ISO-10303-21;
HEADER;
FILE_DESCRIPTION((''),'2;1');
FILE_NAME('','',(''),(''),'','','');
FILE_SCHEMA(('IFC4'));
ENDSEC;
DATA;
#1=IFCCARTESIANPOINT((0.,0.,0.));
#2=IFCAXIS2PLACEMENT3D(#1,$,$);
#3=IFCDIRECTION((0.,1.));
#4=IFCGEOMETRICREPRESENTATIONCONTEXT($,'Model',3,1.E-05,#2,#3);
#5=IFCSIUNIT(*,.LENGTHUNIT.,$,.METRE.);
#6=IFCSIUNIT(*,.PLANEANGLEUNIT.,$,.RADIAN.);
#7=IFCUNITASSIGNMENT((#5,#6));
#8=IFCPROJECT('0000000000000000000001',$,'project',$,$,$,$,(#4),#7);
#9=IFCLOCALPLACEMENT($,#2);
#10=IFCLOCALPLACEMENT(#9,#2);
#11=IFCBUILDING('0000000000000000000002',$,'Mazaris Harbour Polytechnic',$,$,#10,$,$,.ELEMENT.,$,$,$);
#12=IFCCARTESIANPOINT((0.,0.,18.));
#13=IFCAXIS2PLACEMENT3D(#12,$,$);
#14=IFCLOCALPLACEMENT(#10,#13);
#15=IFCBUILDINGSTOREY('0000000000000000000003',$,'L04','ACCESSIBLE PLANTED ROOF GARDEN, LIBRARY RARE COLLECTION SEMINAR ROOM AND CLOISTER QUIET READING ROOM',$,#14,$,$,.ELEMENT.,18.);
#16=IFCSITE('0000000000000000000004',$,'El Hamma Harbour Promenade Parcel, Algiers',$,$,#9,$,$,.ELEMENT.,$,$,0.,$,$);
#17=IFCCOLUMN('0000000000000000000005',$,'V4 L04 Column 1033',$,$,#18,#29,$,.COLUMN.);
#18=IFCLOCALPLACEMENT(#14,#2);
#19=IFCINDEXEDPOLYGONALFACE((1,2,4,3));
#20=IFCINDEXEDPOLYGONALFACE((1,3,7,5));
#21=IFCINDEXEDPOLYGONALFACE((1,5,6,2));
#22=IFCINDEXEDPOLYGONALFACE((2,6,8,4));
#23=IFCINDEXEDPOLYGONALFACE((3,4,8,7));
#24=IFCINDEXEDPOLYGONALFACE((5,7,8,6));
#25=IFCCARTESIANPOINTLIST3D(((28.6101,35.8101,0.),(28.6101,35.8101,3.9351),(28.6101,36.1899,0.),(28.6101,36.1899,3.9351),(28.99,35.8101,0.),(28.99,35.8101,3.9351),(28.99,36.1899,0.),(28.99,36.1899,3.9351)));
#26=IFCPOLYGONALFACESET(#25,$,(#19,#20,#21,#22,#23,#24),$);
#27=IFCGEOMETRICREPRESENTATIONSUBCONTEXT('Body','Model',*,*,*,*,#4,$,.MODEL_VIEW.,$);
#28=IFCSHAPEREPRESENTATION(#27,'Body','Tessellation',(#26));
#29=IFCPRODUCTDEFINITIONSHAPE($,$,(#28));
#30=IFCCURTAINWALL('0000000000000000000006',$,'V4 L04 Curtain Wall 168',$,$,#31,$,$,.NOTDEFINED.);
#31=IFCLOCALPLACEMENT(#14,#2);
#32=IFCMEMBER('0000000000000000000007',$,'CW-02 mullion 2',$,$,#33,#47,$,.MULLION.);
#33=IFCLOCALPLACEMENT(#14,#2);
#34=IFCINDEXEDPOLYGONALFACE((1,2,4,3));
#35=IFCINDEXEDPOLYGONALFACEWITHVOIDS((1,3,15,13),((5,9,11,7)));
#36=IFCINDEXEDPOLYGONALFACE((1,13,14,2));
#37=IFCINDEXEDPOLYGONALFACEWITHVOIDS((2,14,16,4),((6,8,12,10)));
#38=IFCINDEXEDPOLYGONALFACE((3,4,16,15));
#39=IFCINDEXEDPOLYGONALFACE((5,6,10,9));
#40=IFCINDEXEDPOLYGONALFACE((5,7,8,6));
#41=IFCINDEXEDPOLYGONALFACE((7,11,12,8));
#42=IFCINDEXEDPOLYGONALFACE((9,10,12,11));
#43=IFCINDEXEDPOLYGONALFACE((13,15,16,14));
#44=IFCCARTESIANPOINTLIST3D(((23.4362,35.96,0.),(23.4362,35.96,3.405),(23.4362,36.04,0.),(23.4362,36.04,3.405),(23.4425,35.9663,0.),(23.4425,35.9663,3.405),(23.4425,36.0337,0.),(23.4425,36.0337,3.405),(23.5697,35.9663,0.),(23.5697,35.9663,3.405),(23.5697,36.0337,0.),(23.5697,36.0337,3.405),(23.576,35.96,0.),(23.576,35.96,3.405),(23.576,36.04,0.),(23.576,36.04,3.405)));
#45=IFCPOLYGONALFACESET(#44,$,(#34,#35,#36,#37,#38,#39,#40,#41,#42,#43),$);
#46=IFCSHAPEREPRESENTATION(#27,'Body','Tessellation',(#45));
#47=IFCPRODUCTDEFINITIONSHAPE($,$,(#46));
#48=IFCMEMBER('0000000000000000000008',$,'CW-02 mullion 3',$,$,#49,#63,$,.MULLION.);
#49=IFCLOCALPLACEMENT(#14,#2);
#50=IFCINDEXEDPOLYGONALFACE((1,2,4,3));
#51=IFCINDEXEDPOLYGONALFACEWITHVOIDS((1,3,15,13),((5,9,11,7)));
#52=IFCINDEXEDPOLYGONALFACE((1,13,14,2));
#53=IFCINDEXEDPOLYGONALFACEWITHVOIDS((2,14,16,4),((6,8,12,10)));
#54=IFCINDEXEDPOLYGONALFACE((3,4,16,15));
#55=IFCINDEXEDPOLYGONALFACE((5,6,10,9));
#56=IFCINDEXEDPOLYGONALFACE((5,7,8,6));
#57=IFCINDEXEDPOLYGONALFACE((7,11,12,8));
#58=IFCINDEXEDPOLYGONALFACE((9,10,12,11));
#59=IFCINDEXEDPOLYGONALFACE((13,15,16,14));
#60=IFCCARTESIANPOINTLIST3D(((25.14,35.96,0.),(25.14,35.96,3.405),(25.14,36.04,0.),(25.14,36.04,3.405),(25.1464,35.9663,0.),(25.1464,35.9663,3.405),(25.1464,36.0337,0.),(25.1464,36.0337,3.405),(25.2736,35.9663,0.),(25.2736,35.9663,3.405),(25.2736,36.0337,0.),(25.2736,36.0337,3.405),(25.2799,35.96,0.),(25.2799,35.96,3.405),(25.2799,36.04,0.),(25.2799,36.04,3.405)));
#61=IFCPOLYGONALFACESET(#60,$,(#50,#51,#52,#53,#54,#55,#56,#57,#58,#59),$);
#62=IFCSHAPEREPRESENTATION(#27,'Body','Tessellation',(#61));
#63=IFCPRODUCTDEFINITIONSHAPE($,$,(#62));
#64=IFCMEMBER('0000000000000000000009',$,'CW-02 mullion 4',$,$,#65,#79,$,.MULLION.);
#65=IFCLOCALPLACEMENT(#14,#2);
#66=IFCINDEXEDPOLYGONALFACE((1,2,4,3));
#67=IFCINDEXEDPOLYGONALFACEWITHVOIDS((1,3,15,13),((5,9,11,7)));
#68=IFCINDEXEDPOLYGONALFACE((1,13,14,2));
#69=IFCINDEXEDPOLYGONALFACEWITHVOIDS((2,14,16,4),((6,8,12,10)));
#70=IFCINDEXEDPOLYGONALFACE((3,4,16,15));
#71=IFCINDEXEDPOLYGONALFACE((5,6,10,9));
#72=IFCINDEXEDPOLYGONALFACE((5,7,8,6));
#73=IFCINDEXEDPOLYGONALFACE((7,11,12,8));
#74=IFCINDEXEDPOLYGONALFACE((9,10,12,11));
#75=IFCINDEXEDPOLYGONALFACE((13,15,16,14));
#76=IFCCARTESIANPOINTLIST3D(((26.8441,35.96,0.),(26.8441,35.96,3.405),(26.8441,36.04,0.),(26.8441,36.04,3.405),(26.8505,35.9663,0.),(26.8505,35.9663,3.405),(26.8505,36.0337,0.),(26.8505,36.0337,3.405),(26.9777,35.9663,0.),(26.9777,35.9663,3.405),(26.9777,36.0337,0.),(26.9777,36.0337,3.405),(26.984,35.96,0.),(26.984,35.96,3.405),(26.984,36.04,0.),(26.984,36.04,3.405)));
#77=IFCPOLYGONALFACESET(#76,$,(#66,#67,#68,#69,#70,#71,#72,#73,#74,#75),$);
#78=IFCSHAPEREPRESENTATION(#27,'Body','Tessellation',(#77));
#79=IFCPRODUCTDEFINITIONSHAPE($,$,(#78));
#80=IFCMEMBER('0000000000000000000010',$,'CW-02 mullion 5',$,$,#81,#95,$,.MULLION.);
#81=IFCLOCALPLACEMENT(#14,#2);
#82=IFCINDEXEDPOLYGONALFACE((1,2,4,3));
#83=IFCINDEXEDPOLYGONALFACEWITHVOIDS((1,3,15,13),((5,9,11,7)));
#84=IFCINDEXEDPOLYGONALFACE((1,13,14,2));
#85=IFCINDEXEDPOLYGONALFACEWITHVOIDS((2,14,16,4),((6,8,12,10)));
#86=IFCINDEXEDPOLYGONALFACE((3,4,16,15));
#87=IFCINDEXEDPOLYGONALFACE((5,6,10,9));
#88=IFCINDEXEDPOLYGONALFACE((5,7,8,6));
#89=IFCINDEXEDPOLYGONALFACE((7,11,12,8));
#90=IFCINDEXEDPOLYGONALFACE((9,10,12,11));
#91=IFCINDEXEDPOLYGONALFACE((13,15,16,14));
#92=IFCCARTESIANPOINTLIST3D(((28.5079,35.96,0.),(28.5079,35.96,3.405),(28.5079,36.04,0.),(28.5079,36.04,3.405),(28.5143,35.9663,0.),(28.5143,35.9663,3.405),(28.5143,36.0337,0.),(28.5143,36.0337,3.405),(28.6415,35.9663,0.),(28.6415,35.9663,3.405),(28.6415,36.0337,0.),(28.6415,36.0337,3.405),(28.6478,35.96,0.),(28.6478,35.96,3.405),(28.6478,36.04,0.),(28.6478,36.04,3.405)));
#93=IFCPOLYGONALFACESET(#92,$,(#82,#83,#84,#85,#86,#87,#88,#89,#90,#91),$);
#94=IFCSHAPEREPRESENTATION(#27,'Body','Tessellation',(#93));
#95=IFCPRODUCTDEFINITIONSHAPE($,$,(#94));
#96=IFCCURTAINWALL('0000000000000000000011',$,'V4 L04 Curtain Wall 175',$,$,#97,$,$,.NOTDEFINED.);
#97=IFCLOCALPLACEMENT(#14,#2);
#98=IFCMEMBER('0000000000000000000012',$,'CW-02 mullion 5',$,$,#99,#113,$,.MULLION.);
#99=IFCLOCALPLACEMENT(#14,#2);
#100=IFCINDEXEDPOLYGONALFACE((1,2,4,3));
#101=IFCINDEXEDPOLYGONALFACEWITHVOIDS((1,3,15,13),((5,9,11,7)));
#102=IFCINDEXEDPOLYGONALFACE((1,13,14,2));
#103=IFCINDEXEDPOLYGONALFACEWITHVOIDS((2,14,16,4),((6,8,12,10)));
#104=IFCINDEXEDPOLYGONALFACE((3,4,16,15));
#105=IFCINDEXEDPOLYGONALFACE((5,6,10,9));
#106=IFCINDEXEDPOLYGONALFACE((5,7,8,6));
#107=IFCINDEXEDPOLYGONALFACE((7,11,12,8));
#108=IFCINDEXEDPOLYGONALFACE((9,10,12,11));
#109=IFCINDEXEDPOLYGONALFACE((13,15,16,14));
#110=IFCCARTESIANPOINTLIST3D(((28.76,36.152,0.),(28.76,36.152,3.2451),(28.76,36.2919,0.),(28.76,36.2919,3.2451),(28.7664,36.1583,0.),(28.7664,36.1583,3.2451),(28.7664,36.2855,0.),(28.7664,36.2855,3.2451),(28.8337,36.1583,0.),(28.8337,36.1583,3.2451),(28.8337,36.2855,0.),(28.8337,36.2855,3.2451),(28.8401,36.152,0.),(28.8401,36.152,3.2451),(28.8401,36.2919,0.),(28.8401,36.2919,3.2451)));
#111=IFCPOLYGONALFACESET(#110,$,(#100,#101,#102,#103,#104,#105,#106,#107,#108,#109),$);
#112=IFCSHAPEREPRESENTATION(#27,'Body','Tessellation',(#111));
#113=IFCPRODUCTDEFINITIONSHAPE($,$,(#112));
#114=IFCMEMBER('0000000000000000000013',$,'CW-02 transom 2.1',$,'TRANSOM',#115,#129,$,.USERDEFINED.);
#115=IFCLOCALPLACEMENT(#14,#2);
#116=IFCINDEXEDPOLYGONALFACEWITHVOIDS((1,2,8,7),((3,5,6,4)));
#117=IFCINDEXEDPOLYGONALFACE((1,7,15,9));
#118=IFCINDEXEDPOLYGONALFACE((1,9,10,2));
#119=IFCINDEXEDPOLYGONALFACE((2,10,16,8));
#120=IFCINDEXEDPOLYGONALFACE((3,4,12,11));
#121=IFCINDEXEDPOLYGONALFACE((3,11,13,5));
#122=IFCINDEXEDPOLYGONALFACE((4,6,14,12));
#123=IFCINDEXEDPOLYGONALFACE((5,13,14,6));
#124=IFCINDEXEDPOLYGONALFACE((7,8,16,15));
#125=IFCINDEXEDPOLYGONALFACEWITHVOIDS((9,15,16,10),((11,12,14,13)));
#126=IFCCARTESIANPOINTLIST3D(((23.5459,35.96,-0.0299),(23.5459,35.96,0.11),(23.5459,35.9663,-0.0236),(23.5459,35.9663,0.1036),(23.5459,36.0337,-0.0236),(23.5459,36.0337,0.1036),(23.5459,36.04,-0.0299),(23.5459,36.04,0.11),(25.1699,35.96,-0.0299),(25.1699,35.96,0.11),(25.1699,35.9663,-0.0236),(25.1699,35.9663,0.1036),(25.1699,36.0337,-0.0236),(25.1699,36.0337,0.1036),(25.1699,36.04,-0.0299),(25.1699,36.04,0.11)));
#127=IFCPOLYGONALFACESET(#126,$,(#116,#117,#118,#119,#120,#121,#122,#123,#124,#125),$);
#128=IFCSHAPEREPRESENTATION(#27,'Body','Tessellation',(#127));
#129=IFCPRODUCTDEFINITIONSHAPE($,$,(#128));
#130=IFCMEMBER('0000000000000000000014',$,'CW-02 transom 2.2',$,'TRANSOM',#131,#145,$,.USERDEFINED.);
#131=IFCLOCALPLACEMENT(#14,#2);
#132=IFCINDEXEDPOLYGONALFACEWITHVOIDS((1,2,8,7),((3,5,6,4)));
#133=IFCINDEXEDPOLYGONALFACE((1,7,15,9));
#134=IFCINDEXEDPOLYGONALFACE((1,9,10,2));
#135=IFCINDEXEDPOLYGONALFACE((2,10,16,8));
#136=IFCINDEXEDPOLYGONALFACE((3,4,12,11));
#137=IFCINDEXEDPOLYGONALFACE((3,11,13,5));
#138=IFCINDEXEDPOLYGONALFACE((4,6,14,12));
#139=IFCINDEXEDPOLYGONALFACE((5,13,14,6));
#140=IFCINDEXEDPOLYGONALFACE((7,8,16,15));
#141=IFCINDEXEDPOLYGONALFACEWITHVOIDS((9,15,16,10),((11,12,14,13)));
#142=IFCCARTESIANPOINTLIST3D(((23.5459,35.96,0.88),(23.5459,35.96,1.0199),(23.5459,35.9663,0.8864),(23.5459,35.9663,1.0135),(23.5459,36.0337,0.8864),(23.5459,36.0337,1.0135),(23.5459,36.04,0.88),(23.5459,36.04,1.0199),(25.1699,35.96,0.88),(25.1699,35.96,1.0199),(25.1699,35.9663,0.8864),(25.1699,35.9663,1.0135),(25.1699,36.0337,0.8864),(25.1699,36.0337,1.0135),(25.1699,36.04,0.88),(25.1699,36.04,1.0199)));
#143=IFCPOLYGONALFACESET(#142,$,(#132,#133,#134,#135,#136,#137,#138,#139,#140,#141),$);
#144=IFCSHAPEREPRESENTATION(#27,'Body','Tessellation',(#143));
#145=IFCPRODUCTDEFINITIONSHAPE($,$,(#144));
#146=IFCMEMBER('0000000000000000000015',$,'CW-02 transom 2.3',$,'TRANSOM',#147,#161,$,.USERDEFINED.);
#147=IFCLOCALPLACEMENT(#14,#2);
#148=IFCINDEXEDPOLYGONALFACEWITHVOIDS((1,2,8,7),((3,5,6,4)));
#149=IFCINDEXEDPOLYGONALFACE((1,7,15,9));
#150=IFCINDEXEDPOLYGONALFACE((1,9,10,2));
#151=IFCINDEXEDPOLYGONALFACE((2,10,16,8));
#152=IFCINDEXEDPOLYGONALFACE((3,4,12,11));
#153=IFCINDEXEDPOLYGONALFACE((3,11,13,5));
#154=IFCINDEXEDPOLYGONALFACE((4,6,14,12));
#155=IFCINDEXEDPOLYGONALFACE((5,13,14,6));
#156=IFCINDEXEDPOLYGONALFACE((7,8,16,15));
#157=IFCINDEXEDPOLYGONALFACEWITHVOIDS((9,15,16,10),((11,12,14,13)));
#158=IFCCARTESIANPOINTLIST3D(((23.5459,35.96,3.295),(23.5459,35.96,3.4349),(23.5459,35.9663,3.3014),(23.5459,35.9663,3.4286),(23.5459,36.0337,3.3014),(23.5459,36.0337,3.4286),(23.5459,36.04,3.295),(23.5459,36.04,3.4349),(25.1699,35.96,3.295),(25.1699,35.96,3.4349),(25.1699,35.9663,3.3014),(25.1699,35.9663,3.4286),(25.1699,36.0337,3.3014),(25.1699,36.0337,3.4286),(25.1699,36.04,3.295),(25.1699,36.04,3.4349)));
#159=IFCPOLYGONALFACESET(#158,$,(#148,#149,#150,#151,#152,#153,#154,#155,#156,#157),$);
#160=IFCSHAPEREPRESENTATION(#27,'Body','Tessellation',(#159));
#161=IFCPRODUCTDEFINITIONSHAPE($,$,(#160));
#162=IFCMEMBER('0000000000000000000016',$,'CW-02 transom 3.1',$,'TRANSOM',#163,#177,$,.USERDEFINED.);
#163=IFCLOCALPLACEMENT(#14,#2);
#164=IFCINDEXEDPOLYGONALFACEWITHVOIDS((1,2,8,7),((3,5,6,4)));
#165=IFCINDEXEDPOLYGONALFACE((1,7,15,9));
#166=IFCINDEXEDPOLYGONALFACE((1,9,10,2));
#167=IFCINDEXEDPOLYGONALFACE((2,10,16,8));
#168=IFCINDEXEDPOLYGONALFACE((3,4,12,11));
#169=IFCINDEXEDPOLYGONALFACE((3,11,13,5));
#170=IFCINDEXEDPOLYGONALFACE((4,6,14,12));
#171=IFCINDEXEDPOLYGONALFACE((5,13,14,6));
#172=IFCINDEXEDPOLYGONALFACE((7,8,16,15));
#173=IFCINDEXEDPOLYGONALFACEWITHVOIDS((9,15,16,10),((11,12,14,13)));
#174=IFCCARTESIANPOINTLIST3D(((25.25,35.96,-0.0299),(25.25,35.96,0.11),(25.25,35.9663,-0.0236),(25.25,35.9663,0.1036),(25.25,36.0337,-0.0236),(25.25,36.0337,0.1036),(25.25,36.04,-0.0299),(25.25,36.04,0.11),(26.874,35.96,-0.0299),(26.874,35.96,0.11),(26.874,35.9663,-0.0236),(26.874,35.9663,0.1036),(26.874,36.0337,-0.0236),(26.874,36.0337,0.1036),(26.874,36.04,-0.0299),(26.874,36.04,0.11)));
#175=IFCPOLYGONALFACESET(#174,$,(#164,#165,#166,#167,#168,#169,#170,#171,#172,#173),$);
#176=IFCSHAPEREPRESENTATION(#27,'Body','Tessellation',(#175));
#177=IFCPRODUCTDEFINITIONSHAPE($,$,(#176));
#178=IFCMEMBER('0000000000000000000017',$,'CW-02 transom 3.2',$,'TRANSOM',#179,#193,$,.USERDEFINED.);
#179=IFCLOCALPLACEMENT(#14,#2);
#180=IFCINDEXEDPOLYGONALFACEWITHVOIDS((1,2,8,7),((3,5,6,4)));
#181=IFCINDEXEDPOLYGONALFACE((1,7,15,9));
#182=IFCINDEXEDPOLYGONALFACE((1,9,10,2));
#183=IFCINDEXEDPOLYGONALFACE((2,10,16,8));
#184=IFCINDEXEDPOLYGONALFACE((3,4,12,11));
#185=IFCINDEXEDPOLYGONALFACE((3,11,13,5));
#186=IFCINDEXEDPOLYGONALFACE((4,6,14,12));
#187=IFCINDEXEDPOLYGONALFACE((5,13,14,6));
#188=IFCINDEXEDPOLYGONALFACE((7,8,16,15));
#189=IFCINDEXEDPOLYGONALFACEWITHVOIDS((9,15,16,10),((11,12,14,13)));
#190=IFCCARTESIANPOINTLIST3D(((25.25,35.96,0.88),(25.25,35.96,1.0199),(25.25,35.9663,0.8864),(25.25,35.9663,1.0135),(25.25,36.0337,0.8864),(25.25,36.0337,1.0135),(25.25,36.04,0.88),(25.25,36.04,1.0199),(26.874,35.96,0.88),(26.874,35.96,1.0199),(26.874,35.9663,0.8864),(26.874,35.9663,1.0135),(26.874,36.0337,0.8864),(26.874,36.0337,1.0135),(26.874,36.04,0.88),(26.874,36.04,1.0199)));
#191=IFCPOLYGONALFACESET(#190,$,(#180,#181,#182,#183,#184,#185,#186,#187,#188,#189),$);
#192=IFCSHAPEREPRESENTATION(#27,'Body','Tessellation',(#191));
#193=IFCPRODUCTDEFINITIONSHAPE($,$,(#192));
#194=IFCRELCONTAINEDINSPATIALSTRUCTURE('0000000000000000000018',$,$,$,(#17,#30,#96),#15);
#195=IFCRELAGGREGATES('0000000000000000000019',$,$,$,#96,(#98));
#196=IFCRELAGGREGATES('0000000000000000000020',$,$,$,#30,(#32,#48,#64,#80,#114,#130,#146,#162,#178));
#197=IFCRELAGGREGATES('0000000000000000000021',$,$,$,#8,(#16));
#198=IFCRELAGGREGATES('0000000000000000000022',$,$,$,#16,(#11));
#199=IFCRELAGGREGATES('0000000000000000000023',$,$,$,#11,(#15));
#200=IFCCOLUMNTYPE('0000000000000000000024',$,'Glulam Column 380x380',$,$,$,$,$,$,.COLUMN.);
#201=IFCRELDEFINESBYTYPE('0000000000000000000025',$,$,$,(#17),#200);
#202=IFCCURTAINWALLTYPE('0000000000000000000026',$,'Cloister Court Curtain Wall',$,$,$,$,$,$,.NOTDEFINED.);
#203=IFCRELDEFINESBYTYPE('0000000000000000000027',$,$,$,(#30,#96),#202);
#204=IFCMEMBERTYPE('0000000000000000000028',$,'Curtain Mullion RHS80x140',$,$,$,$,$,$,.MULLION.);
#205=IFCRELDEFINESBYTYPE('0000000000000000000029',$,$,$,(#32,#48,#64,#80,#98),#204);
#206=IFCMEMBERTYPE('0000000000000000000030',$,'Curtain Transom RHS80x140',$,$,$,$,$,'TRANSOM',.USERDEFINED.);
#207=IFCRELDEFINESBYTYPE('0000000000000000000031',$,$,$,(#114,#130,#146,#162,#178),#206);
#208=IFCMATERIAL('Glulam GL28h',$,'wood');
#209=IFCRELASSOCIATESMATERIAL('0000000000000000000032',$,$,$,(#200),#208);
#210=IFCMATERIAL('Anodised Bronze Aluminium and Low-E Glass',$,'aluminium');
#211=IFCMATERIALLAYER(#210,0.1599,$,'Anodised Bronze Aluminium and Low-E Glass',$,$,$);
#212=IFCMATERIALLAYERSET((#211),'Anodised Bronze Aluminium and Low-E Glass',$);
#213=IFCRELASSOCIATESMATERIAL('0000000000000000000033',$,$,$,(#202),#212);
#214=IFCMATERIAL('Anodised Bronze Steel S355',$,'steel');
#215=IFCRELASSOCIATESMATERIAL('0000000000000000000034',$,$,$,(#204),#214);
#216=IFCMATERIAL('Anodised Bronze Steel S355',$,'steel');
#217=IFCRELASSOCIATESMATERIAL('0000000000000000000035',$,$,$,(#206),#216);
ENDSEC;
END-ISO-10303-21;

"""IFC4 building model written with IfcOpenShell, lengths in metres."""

from ifc_helpers import new_model, si_unit, direction, frame, origin, origin_2d, place, context, subcontext, project, spatial, rectangle, hollow_rectangle, extrude, material, layer, layer_set, material_profile, profile_set, type_object, element, aggregate, save


model = new_model("IFC4")

# Units and contexts
model_context = context("Model", 3, precision=1e-05, world=origin(), true_north=direction((0.0, 1.0)))
body_context = subcontext(model_context, "Body", "Model", "MODEL_VIEW")
ifc_project = project(units=[si_unit("LENGTHUNIT", "METRE"), si_unit("PLANEANGLEUNIT", "RADIAN")], contexts=[model_context])

# Site, building, storey
site_placement = place(None, origin())
site = spatial("IfcSite", under=ifc_project, at=site_placement, Name="El Hamma Harbour Promenade Parcel, Algiers", CompositionType="ELEMENT", RefElevation=0.0)
building_placement = place(site_placement, origin())
building = spatial("IfcBuilding", under=site, at=building_placement, Name="Mazaris Harbour Polytechnic", CompositionType="ELEMENT")
storey_placement = place(building_placement, frame((0.0, 0.0, 18.0)))
storey = spatial("IfcBuildingStorey", under=building, at=storey_placement, Name="L04", Description="ACCESSIBLE PLANTED ROOF GARDEN, LIBRARY RARE COLLECTION SEMINAR ROOM AND CLOISTER QUIET READING ROOM", CompositionType="ELEMENT", Elevation=18.0)

# Column
ifc_material_1 = material(Name="Glulam GL28h", Category="wood")
ifc_material_profile_1 = material_profile(ifc_material_1, rectangle(XDim=0.3799, YDim=0.3799, at=origin_2d()), Name="RECT380x380")
ifc_profile_set_1 = profile_set([ifc_material_profile_1], Name="Glulam GL28h")
column_type = type_object("IfcColumnType", Name="Glulam Column 380x380", PredefinedType="COLUMN", material=ifc_profile_set_1)
column_placement = place(storey_placement, frame((28.8, 36.0, 0.0), z_axis=(0.0, 0.0, 1.0), x_axis=(1.0, 0.0, 0.0)))
element("IfcColumn", 1, at=column_placement, inside=storey, type_object=column_type, Name="V4 L04 Column 1033", PredefinedType="COLUMN", context=body_context, shape_type="SweptSolid", body=[
    extrude(rectangle(XDim=0.3799, YDim=0.3799, at=origin_2d()), origin(), (0.0, 0.0, 1.0), 3.9351),
])

# Curtain wall, members
ifc_material_2 = material(Name="Anodised Bronze Aluminium and Low-E Glass", Category="aluminium")
ifc_layer_1 = layer(ifc_material_2, 0.1599, Name="Anodised Bronze Aluminium and Low-E Glass")
ifc_layer_set_1 = layer_set([ifc_layer_1], Name="Anodised Bronze Aluminium and Low-E Glass")
curtain_wall_type = type_object("IfcCurtainWallType", Name="Cloister Court Curtain Wall", PredefinedType="NOTDEFINED", material=ifc_layer_set_1)
curtain_wall_1_placement = place(storey_placement, origin())
curtain_wall_1 = element("IfcCurtainWall", 2, at=curtain_wall_1_placement, inside=storey, type_object=curtain_wall_type, Name="V4 L04 Curtain Wall 168", PredefinedType="NOTDEFINED")
ifc_material_3 = material(Name="Anodised Bronze Steel S355", Category="steel")
ifc_material_profile_2 = material_profile(ifc_material_3, hollow_rectangle(XDim=0.0801, YDim=0.1399, WallThickness=0.0063, at=origin_2d()), Name="RHS 80x140x6.3")
ifc_profile_set_2 = profile_set([ifc_material_profile_2], Name="Anodised Bronze Steel S355")
member_type_1 = type_object("IfcMemberType", Name="Curtain Mullion RHS80x140", PredefinedType="MULLION", material=ifc_profile_set_2)
member_1_placement = place(storey_placement, frame((23.5061, 36.0, 0.0), z_axis=(0.0, 0.0, 1.0), x_axis=(0.0, 1.0, 0.0)))
member_1 = element("IfcMember", 3, at=member_1_placement, type_object=member_type_1, Name="CW-02 mullion 2", PredefinedType="MULLION", context=body_context, shape_type="SweptSolid", body=[
    extrude(hollow_rectangle(XDim=0.0801, YDim=0.1399, WallThickness=0.0063, at=origin_2d()), origin(), (0.0, 0.0, 1.0), 3.405),
])
member_2_placement = place(storey_placement, frame((25.21, 36.0, 0.0), z_axis=(0.0, 0.0, 1.0), x_axis=(0.0, 1.0, 0.0)))
member_2 = element("IfcMember", 4, at=member_2_placement, type_object=member_type_1, Name="CW-02 mullion 3", PredefinedType="MULLION", context=body_context, shape_type="SweptSolid", body=[
    extrude(hollow_rectangle(XDim=0.0801, YDim=0.1399, WallThickness=0.0063, at=origin_2d()), origin(), (0.0, 0.0, 1.0), 3.405),
])
member_3_placement = place(storey_placement, frame((26.9141, 36.0, 0.0), z_axis=(0.0, 0.0, 1.0), x_axis=(0.0, 1.0, 0.0)))
member_3 = element("IfcMember", 5, at=member_3_placement, type_object=member_type_1, Name="CW-02 mullion 4", PredefinedType="MULLION", context=body_context, shape_type="SweptSolid", body=[
    extrude(hollow_rectangle(XDim=0.0801, YDim=0.1399, WallThickness=0.0063, at=origin_2d()), origin(), (0.0, 0.0, 1.0), 3.405),
])
member_4_placement = place(storey_placement, frame((28.5779, 36.0, 0.0), z_axis=(0.0, 0.0, 1.0), x_axis=(0.0, 1.0, 0.0)))
member_4 = element("IfcMember", 6, at=member_4_placement, type_object=member_type_1, Name="CW-02 mullion 5", PredefinedType="MULLION", context=body_context, shape_type="SweptSolid", body=[
    extrude(hollow_rectangle(XDim=0.0801, YDim=0.1399, WallThickness=0.0063, at=origin_2d()), origin(), (0.0, 0.0, 1.0), 3.405),
])

# Curtain wall, member
curtain_wall_2_placement = place(storey_placement, origin())
curtain_wall_2 = element("IfcCurtainWall", 7, at=curtain_wall_2_placement, inside=storey, type_object=curtain_wall_type, Name="V4 L04 Curtain Wall 175", PredefinedType="NOTDEFINED")
member_5_placement = place(storey_placement, frame((28.8, 36.2219, 0.0), z_axis=(0.0, 0.0, 1.0), x_axis=(1.0, 0.0, 0.0)))
member_5 = element("IfcMember", 8, at=member_5_placement, type_object=member_type_1, Name="CW-02 mullion 5", PredefinedType="MULLION", context=body_context, shape_type="SweptSolid", body=[
    extrude(hollow_rectangle(XDim=0.0801, YDim=0.1399, WallThickness=0.0063, at=origin_2d()), origin(), (0.0, 0.0, 1.0), 3.2451),
])
aggregate(curtain_wall_2, [member_5])

# Members
ifc_material_4 = material(Name="Anodised Bronze Steel S355", Category="steel")
ifc_material_profile_3 = material_profile(ifc_material_4, hollow_rectangle(XDim=0.0801, YDim=0.1399, WallThickness=0.0063, at=origin_2d()), Name="RHS 80x140x6.3")
ifc_profile_set_3 = profile_set([ifc_material_profile_3], Name="Anodised Bronze Steel S355")
member_type_2 = type_object("IfcMemberType", Name="Curtain Transom RHS80x140", ElementType="TRANSOM", PredefinedType="USERDEFINED", material=ifc_profile_set_3)
member_6_placement = place(storey_placement, frame((23.5459, 36.0, 0.04), z_axis=(1.0, 0.0, 0.0), x_axis=(0.0, 1.0, 0.0)))
member_6 = element("IfcMember", 9, at=member_6_placement, type_object=member_type_2, Name="CW-02 transom 2.1", ObjectType="TRANSOM", PredefinedType="USERDEFINED", context=body_context, shape_type="SweptSolid", body=[
    extrude(hollow_rectangle(XDim=0.0801, YDim=0.1399, WallThickness=0.0063, at=origin_2d()), origin(), (0.0, 0.0, 1.0), 1.624),
])
member_7_placement = place(storey_placement, frame((23.5459, 36.0, 0.95), z_axis=(1.0, 0.0, 0.0), x_axis=(0.0, 1.0, 0.0)))
member_7 = element("IfcMember", 10, at=member_7_placement, type_object=member_type_2, Name="CW-02 transom 2.2", ObjectType="TRANSOM", PredefinedType="USERDEFINED", context=body_context, shape_type="SweptSolid", body=[
    extrude(hollow_rectangle(XDim=0.0801, YDim=0.1399, WallThickness=0.0063, at=origin_2d()), origin(), (0.0, 0.0, 1.0), 1.624),
])
member_8_placement = place(storey_placement, frame((23.5459, 36.0, 3.365), z_axis=(1.0, 0.0, 0.0), x_axis=(0.0, 1.0, 0.0)))
member_8 = element("IfcMember", 11, at=member_8_placement, type_object=member_type_2, Name="CW-02 transom 2.3", ObjectType="TRANSOM", PredefinedType="USERDEFINED", context=body_context, shape_type="SweptSolid", body=[
    extrude(hollow_rectangle(XDim=0.0801, YDim=0.1399, WallThickness=0.0063, at=origin_2d()), origin(), (0.0, 0.0, 1.0), 1.624),
])
member_9_placement = place(storey_placement, frame((25.25, 36.0, 0.04), z_axis=(1.0, 0.0, 0.0), x_axis=(0.0, 1.0, 0.0)))
member_9 = element("IfcMember", 12, at=member_9_placement, type_object=member_type_2, Name="CW-02 transom 3.1", ObjectType="TRANSOM", PredefinedType="USERDEFINED", context=body_context, shape_type="SweptSolid", body=[
    extrude(hollow_rectangle(XDim=0.0801, YDim=0.1399, WallThickness=0.0063, at=origin_2d()), origin(), (0.0, 0.0, 1.0), 1.624),
])
member_10_placement = place(storey_placement, frame((25.25, 36.0, 0.95), z_axis=(1.0, 0.0, 0.0), x_axis=(0.0, 1.0, 0.0)))
member_10 = element("IfcMember", 13, at=member_10_placement, type_object=member_type_2, Name="CW-02 transom 3.2", ObjectType="TRANSOM", PredefinedType="USERDEFINED", context=body_context, shape_type="SweptSolid", body=[
    extrude(hollow_rectangle(XDim=0.0801, YDim=0.1399, WallThickness=0.0063, at=origin_2d()), origin(), (0.0, 0.0, 1.0), 1.624),
])

aggregate(curtain_wall_1, [member_1, member_2, member_3, member_4, member_6, member_7, member_8, member_9, member_10])

save(model, "model.ifc")
